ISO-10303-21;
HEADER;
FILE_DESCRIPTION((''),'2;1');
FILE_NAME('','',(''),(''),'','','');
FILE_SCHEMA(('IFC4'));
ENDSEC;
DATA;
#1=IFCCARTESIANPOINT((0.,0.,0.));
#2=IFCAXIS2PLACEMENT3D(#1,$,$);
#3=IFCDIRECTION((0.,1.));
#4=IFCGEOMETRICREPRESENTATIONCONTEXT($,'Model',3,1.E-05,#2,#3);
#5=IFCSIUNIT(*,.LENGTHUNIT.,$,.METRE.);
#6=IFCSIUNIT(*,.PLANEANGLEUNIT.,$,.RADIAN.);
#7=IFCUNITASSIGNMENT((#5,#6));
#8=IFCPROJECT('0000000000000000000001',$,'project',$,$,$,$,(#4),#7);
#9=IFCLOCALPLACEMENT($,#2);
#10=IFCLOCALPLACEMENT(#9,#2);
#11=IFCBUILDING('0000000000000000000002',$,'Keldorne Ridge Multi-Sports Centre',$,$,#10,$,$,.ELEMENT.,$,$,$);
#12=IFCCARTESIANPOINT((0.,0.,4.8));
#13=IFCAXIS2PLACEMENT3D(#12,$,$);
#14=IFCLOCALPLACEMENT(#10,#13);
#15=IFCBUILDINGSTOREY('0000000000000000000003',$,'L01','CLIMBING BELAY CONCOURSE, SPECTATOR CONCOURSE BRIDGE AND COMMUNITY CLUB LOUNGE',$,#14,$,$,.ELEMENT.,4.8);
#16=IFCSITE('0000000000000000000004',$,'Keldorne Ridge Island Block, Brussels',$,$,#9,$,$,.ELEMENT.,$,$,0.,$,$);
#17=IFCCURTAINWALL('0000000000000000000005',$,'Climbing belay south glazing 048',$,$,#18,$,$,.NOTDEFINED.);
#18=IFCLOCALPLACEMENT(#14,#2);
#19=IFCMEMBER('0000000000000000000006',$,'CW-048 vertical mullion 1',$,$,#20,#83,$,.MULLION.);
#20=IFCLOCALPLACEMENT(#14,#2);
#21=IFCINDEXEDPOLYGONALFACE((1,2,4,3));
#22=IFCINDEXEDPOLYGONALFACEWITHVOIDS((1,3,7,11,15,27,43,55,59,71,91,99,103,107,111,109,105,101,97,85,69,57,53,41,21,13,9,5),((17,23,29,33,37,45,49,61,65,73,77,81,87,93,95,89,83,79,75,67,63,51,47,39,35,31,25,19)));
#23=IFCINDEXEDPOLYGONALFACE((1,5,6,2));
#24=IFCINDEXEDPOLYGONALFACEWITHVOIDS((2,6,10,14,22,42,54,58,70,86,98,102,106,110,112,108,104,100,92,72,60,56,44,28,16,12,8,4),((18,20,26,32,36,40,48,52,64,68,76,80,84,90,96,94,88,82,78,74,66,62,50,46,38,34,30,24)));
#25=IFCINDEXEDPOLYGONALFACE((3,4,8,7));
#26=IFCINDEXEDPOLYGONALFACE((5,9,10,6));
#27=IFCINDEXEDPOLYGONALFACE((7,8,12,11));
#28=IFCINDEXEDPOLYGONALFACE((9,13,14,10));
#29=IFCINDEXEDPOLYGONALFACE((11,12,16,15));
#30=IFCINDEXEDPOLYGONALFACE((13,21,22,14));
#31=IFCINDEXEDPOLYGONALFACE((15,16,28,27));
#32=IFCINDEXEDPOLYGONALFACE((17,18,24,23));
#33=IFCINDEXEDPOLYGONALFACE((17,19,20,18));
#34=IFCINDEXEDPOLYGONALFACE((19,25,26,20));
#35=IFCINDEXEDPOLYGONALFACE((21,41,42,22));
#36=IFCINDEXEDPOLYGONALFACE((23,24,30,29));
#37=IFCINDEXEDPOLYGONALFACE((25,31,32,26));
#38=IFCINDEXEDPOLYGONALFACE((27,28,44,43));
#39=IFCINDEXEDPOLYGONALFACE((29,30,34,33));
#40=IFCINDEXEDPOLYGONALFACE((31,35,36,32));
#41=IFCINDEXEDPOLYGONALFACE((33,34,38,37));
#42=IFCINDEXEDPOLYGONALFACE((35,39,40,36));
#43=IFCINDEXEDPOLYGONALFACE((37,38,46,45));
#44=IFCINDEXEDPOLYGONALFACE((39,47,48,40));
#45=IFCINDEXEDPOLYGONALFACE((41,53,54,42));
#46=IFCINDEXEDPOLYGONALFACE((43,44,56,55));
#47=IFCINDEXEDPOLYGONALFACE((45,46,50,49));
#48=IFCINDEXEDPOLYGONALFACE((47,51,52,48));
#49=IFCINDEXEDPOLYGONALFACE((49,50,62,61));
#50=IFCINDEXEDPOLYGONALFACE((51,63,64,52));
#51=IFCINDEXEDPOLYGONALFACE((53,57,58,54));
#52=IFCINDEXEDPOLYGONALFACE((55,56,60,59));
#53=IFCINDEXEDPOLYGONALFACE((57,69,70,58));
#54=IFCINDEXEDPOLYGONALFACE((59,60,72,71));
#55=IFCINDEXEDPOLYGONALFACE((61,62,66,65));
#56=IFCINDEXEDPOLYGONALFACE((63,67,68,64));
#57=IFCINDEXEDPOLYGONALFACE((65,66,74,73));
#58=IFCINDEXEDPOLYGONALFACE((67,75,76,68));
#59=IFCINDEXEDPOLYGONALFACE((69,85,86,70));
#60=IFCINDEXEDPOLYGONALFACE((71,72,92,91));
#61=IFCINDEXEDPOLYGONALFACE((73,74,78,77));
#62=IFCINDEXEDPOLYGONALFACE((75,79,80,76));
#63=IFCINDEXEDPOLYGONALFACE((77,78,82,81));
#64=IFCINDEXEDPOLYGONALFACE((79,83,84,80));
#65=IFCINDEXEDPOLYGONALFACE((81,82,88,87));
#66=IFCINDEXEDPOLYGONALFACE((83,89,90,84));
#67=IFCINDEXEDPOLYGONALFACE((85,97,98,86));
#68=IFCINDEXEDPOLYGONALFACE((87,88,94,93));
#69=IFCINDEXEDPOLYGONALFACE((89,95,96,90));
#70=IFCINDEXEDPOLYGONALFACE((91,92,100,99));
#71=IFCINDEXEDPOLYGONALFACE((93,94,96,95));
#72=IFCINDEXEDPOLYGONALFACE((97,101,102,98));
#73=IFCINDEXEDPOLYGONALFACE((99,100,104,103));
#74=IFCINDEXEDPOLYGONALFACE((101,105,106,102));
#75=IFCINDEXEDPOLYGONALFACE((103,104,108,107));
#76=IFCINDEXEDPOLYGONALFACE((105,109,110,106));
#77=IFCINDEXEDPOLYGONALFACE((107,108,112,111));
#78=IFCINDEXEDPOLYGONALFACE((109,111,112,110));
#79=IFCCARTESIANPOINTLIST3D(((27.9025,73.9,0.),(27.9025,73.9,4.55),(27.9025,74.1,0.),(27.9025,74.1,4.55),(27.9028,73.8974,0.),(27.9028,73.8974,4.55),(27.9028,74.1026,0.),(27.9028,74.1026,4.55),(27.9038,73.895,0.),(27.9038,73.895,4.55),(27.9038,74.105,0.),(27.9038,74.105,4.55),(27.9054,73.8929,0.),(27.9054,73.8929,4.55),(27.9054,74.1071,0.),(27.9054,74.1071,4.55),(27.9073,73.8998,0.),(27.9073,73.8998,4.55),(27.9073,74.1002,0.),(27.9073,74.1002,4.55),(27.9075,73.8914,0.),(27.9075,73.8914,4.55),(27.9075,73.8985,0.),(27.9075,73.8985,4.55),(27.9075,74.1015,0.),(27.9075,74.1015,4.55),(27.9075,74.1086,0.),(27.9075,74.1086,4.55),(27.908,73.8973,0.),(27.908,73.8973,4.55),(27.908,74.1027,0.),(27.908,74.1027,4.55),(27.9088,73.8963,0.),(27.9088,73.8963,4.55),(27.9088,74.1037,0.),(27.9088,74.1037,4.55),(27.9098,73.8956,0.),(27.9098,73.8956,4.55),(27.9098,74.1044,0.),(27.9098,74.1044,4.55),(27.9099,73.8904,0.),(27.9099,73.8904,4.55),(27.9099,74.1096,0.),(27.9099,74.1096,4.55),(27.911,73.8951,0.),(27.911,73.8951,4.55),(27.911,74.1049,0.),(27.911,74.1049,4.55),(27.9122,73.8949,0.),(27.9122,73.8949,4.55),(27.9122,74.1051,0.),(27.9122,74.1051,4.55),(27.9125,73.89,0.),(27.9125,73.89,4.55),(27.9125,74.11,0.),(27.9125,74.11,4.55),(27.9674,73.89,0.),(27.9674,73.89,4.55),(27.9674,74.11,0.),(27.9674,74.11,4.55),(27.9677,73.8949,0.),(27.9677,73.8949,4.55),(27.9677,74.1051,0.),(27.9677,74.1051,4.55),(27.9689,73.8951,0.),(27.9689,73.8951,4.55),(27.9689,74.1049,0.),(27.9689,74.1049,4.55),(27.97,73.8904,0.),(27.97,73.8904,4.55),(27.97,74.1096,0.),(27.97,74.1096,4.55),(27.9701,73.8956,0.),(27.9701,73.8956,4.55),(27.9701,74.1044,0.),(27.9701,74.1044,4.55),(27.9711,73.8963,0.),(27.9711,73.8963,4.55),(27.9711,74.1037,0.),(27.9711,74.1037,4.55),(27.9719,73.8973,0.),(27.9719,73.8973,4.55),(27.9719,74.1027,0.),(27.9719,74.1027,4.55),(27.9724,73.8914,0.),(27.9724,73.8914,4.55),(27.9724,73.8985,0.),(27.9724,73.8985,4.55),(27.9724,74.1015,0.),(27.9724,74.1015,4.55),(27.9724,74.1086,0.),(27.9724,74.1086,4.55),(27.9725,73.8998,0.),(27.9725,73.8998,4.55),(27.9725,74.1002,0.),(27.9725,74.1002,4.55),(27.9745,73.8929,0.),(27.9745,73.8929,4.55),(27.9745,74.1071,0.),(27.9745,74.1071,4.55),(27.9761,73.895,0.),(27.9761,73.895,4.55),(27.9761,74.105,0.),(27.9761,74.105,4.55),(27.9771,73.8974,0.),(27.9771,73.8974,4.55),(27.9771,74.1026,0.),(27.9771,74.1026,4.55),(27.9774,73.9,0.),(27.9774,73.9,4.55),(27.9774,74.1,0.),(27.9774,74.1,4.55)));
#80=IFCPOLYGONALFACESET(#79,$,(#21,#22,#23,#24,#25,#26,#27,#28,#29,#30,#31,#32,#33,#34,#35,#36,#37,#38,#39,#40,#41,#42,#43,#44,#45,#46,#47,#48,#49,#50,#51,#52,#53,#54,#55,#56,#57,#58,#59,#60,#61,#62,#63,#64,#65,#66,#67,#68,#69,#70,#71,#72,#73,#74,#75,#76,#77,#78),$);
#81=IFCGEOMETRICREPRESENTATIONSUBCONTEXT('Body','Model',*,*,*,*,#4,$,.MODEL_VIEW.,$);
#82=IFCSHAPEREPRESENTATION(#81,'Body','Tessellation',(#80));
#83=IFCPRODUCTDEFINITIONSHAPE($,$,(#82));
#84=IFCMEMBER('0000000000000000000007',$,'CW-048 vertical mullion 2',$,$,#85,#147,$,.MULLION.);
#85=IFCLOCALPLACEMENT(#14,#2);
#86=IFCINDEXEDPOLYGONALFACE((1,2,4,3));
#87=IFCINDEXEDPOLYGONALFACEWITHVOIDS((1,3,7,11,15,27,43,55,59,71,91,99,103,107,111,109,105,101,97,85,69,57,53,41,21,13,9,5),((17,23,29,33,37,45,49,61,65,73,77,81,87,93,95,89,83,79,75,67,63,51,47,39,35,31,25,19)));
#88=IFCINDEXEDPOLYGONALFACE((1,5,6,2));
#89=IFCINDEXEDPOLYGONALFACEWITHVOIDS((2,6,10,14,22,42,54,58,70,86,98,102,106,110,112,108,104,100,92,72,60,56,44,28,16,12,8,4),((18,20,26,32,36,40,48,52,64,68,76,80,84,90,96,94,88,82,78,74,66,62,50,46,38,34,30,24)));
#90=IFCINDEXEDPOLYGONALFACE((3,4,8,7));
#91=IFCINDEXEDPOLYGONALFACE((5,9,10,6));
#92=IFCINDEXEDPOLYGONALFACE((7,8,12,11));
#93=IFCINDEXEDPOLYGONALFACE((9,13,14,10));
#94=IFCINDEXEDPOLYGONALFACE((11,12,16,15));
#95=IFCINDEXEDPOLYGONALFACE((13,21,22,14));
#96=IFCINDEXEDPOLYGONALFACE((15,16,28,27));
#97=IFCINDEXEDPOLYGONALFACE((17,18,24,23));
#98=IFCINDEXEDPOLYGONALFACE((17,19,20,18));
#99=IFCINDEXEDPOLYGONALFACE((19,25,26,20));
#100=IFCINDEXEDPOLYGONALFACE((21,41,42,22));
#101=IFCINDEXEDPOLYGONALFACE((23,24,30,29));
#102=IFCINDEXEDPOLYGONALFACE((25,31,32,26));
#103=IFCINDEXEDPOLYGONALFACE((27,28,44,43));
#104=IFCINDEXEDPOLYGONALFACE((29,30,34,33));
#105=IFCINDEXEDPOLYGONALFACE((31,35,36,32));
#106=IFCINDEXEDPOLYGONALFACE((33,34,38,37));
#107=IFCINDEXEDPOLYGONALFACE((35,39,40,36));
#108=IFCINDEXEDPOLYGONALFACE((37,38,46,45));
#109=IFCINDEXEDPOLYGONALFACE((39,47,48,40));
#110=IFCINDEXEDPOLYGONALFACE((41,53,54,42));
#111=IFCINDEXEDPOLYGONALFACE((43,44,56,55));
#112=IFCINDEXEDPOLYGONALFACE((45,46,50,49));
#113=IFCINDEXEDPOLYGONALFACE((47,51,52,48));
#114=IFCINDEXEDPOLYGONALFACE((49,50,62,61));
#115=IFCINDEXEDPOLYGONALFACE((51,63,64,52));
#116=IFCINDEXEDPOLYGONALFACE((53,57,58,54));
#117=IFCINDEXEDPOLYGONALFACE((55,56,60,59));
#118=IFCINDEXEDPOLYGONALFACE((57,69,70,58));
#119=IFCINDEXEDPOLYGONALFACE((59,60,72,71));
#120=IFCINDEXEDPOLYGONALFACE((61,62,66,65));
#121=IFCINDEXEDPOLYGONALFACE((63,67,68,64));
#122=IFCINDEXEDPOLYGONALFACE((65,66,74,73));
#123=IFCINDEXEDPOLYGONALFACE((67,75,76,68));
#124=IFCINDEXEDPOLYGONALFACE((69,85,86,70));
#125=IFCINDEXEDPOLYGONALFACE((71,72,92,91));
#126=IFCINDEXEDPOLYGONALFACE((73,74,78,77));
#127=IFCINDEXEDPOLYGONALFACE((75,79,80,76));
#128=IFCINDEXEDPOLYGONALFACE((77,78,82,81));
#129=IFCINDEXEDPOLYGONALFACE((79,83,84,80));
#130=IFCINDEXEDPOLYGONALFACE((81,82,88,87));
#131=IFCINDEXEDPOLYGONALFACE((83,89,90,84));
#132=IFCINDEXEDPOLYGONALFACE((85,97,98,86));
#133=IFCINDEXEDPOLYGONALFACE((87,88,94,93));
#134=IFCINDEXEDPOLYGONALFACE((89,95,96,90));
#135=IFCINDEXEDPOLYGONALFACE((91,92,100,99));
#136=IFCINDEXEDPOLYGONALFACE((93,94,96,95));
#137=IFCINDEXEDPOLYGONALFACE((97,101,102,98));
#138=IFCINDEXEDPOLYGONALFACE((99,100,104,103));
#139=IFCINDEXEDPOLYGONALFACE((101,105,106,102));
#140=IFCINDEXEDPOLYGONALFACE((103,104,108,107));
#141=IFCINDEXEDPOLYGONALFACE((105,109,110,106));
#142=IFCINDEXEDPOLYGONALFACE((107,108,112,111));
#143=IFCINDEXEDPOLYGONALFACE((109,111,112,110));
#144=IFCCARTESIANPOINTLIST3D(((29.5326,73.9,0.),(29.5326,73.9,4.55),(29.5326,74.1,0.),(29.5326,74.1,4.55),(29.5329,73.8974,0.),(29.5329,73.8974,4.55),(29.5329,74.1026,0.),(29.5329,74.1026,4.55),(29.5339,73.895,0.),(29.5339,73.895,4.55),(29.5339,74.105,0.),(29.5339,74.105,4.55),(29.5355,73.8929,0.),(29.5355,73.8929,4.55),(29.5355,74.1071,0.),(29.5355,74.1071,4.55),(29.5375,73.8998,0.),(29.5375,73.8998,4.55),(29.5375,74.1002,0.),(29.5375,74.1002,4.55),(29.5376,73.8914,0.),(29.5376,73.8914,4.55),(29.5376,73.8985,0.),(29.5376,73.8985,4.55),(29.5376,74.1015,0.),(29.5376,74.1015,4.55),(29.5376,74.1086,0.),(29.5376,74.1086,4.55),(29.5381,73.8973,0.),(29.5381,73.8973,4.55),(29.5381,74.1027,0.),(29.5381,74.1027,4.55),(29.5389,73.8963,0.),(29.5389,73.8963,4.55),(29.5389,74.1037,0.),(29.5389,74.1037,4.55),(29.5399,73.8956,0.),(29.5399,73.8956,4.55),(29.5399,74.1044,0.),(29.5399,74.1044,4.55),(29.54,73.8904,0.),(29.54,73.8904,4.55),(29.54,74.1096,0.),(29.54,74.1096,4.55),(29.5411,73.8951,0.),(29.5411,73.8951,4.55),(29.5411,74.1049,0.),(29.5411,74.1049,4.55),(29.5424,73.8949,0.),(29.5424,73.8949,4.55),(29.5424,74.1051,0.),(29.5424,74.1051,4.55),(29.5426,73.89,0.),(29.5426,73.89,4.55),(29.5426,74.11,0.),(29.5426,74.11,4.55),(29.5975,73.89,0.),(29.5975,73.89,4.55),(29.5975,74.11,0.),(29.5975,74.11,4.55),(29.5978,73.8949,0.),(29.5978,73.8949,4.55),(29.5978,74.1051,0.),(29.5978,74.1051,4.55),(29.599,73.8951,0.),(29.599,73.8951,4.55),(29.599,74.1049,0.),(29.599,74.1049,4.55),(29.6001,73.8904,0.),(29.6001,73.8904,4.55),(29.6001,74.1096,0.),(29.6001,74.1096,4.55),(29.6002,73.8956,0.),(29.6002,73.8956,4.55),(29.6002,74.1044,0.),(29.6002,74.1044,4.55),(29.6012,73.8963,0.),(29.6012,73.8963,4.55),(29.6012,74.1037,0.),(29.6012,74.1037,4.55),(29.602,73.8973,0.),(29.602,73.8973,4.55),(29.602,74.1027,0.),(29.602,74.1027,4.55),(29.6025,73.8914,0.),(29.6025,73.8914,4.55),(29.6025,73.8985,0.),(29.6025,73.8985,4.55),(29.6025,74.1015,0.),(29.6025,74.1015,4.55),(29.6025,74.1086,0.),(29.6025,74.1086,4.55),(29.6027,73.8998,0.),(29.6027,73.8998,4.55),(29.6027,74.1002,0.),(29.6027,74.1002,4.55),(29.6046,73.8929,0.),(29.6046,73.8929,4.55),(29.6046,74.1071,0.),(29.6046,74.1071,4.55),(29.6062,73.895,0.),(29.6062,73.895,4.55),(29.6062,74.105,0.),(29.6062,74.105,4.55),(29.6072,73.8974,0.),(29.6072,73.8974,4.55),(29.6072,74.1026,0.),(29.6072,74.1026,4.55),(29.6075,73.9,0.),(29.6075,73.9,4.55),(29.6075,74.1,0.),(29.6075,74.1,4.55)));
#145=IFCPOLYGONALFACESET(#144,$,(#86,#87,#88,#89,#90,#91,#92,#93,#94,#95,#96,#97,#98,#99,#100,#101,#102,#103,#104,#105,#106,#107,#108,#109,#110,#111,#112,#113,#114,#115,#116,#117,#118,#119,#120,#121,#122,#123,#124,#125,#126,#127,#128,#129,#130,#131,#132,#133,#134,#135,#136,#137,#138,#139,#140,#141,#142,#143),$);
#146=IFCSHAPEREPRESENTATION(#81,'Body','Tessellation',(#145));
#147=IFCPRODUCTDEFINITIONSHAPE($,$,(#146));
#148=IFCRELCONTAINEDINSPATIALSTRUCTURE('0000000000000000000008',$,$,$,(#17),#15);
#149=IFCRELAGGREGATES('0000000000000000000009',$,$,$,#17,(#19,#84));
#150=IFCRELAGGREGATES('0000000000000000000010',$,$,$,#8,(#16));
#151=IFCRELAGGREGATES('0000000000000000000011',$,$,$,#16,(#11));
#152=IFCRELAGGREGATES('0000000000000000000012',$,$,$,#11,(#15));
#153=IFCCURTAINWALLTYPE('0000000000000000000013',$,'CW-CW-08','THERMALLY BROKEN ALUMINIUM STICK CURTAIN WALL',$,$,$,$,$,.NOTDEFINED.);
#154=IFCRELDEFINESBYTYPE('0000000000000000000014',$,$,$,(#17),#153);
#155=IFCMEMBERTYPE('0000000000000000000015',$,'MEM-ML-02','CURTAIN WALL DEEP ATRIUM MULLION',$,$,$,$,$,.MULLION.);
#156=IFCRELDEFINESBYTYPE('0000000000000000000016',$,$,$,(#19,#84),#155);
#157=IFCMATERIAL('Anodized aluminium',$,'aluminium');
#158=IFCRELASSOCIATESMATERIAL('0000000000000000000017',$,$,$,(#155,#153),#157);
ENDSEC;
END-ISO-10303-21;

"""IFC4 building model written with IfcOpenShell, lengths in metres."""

from ifc_helpers import new_model, si_unit, direction, frame, origin, origin_2d, place, context, subcontext, project, spatial, hollow_rectangle, extrude, material, material_profile, profile_set, type_object, element, aggregate, save


model = new_model("IFC4")

# Units and contexts
model_context = context("Model", 3, precision=1e-05, world=origin(), true_north=direction((0.0, 1.0)))
body_context = subcontext(model_context, "Body", "Model", "MODEL_VIEW")
ifc_project = project(units=[si_unit("LENGTHUNIT", "METRE"), si_unit("PLANEANGLEUNIT", "RADIAN")], contexts=[model_context])

# Site, building, storey
site_placement = place(None, origin())
site = spatial("IfcSite", under=ifc_project, at=site_placement, Name="Keldorne Ridge Island Block, Brussels", CompositionType="ELEMENT", RefElevation=0.0)
building_placement = place(site_placement, origin())
building = spatial("IfcBuilding", under=site, at=building_placement, Name="Keldorne Ridge Multi-Sports Centre", CompositionType="ELEMENT")
storey_placement = place(building_placement, frame((0.0, 0.0, 4.8)))
storey = spatial("IfcBuildingStorey", under=building, at=storey_placement, Name="L01", Description="CLIMBING BELAY CONCOURSE, SPECTATOR CONCOURSE BRIDGE AND COMMUNITY CLUB LOUNGE", CompositionType="ELEMENT", Elevation=4.8)

# Curtain wall, members
ifc_material_1 = material(Name="Anodized aluminium", Category="aluminium")
ifc_material_profile_1 = material_profile(ifc_material_1, hollow_rectangle(XDim=0.075, YDim=0.22, WallThickness=0.0049, InnerFilletRadius=0.0049, OuterFilletRadius=0.01, at=origin_2d()), Name="ALU MULLION 220x75x5")
ifc_profile_set_1 = profile_set([ifc_material_profile_1], Name="Anodized aluminium")
member_type_1 = type_object("IfcMemberType", Name="MEM-ML-02", Description="CURTAIN WALL DEEP ATRIUM MULLION", PredefinedType="MULLION", material=ifc_profile_set_1)
curtain_wall_type_1 = type_object("IfcCurtainWallType", Name="CW-CW-08", Description="THERMALLY BROKEN ALUMINIUM STICK CURTAIN WALL", PredefinedType="NOTDEFINED", material=ifc_material_1)
curtain_wall_1_placement = place(storey_placement, origin())
curtain_wall_1 = element("IfcCurtainWall", 1, at=curtain_wall_1_placement, inside=storey, type_object=curtain_wall_type_1, Name="Climbing belay south glazing 048", PredefinedType="NOTDEFINED")
member_1_placement = place(storey_placement, frame((27.9399, 74.0, 0.0), z_axis=(0.0, 0.0, 1.0), x_axis=(1.0, 0.0, 0.0)))
member_1 = element("IfcMember", 2, at=member_1_placement, type_object=member_type_1, Name="CW-048 vertical mullion 1", PredefinedType="MULLION", context=body_context, shape_type="SweptSolid", body=[
    extrude(hollow_rectangle(XDim=0.075, YDim=0.22, WallThickness=0.0049, InnerFilletRadius=0.0049, OuterFilletRadius=0.01, at=origin_2d()), origin(), (0.0, 0.0, 1.0), 4.55),
])
member_2_placement = place(storey_placement, frame((29.5701, 74.0, 0.0), z_axis=(0.0, 0.0, 1.0), x_axis=(1.0, 0.0, 0.0)))
member_2 = element("IfcMember", 3, at=member_2_placement, type_object=member_type_1, Name="CW-048 vertical mullion 2", PredefinedType="MULLION", context=body_context, shape_type="SweptSolid", body=[
    extrude(hollow_rectangle(XDim=0.075, YDim=0.22, WallThickness=0.0049, InnerFilletRadius=0.0049, OuterFilletRadius=0.01, at=origin_2d()), origin(), (0.0, 0.0, 1.0), 4.55),
])

aggregate(curtain_wall_1, [member_1, member_2])

save(model, "model.ifc")
